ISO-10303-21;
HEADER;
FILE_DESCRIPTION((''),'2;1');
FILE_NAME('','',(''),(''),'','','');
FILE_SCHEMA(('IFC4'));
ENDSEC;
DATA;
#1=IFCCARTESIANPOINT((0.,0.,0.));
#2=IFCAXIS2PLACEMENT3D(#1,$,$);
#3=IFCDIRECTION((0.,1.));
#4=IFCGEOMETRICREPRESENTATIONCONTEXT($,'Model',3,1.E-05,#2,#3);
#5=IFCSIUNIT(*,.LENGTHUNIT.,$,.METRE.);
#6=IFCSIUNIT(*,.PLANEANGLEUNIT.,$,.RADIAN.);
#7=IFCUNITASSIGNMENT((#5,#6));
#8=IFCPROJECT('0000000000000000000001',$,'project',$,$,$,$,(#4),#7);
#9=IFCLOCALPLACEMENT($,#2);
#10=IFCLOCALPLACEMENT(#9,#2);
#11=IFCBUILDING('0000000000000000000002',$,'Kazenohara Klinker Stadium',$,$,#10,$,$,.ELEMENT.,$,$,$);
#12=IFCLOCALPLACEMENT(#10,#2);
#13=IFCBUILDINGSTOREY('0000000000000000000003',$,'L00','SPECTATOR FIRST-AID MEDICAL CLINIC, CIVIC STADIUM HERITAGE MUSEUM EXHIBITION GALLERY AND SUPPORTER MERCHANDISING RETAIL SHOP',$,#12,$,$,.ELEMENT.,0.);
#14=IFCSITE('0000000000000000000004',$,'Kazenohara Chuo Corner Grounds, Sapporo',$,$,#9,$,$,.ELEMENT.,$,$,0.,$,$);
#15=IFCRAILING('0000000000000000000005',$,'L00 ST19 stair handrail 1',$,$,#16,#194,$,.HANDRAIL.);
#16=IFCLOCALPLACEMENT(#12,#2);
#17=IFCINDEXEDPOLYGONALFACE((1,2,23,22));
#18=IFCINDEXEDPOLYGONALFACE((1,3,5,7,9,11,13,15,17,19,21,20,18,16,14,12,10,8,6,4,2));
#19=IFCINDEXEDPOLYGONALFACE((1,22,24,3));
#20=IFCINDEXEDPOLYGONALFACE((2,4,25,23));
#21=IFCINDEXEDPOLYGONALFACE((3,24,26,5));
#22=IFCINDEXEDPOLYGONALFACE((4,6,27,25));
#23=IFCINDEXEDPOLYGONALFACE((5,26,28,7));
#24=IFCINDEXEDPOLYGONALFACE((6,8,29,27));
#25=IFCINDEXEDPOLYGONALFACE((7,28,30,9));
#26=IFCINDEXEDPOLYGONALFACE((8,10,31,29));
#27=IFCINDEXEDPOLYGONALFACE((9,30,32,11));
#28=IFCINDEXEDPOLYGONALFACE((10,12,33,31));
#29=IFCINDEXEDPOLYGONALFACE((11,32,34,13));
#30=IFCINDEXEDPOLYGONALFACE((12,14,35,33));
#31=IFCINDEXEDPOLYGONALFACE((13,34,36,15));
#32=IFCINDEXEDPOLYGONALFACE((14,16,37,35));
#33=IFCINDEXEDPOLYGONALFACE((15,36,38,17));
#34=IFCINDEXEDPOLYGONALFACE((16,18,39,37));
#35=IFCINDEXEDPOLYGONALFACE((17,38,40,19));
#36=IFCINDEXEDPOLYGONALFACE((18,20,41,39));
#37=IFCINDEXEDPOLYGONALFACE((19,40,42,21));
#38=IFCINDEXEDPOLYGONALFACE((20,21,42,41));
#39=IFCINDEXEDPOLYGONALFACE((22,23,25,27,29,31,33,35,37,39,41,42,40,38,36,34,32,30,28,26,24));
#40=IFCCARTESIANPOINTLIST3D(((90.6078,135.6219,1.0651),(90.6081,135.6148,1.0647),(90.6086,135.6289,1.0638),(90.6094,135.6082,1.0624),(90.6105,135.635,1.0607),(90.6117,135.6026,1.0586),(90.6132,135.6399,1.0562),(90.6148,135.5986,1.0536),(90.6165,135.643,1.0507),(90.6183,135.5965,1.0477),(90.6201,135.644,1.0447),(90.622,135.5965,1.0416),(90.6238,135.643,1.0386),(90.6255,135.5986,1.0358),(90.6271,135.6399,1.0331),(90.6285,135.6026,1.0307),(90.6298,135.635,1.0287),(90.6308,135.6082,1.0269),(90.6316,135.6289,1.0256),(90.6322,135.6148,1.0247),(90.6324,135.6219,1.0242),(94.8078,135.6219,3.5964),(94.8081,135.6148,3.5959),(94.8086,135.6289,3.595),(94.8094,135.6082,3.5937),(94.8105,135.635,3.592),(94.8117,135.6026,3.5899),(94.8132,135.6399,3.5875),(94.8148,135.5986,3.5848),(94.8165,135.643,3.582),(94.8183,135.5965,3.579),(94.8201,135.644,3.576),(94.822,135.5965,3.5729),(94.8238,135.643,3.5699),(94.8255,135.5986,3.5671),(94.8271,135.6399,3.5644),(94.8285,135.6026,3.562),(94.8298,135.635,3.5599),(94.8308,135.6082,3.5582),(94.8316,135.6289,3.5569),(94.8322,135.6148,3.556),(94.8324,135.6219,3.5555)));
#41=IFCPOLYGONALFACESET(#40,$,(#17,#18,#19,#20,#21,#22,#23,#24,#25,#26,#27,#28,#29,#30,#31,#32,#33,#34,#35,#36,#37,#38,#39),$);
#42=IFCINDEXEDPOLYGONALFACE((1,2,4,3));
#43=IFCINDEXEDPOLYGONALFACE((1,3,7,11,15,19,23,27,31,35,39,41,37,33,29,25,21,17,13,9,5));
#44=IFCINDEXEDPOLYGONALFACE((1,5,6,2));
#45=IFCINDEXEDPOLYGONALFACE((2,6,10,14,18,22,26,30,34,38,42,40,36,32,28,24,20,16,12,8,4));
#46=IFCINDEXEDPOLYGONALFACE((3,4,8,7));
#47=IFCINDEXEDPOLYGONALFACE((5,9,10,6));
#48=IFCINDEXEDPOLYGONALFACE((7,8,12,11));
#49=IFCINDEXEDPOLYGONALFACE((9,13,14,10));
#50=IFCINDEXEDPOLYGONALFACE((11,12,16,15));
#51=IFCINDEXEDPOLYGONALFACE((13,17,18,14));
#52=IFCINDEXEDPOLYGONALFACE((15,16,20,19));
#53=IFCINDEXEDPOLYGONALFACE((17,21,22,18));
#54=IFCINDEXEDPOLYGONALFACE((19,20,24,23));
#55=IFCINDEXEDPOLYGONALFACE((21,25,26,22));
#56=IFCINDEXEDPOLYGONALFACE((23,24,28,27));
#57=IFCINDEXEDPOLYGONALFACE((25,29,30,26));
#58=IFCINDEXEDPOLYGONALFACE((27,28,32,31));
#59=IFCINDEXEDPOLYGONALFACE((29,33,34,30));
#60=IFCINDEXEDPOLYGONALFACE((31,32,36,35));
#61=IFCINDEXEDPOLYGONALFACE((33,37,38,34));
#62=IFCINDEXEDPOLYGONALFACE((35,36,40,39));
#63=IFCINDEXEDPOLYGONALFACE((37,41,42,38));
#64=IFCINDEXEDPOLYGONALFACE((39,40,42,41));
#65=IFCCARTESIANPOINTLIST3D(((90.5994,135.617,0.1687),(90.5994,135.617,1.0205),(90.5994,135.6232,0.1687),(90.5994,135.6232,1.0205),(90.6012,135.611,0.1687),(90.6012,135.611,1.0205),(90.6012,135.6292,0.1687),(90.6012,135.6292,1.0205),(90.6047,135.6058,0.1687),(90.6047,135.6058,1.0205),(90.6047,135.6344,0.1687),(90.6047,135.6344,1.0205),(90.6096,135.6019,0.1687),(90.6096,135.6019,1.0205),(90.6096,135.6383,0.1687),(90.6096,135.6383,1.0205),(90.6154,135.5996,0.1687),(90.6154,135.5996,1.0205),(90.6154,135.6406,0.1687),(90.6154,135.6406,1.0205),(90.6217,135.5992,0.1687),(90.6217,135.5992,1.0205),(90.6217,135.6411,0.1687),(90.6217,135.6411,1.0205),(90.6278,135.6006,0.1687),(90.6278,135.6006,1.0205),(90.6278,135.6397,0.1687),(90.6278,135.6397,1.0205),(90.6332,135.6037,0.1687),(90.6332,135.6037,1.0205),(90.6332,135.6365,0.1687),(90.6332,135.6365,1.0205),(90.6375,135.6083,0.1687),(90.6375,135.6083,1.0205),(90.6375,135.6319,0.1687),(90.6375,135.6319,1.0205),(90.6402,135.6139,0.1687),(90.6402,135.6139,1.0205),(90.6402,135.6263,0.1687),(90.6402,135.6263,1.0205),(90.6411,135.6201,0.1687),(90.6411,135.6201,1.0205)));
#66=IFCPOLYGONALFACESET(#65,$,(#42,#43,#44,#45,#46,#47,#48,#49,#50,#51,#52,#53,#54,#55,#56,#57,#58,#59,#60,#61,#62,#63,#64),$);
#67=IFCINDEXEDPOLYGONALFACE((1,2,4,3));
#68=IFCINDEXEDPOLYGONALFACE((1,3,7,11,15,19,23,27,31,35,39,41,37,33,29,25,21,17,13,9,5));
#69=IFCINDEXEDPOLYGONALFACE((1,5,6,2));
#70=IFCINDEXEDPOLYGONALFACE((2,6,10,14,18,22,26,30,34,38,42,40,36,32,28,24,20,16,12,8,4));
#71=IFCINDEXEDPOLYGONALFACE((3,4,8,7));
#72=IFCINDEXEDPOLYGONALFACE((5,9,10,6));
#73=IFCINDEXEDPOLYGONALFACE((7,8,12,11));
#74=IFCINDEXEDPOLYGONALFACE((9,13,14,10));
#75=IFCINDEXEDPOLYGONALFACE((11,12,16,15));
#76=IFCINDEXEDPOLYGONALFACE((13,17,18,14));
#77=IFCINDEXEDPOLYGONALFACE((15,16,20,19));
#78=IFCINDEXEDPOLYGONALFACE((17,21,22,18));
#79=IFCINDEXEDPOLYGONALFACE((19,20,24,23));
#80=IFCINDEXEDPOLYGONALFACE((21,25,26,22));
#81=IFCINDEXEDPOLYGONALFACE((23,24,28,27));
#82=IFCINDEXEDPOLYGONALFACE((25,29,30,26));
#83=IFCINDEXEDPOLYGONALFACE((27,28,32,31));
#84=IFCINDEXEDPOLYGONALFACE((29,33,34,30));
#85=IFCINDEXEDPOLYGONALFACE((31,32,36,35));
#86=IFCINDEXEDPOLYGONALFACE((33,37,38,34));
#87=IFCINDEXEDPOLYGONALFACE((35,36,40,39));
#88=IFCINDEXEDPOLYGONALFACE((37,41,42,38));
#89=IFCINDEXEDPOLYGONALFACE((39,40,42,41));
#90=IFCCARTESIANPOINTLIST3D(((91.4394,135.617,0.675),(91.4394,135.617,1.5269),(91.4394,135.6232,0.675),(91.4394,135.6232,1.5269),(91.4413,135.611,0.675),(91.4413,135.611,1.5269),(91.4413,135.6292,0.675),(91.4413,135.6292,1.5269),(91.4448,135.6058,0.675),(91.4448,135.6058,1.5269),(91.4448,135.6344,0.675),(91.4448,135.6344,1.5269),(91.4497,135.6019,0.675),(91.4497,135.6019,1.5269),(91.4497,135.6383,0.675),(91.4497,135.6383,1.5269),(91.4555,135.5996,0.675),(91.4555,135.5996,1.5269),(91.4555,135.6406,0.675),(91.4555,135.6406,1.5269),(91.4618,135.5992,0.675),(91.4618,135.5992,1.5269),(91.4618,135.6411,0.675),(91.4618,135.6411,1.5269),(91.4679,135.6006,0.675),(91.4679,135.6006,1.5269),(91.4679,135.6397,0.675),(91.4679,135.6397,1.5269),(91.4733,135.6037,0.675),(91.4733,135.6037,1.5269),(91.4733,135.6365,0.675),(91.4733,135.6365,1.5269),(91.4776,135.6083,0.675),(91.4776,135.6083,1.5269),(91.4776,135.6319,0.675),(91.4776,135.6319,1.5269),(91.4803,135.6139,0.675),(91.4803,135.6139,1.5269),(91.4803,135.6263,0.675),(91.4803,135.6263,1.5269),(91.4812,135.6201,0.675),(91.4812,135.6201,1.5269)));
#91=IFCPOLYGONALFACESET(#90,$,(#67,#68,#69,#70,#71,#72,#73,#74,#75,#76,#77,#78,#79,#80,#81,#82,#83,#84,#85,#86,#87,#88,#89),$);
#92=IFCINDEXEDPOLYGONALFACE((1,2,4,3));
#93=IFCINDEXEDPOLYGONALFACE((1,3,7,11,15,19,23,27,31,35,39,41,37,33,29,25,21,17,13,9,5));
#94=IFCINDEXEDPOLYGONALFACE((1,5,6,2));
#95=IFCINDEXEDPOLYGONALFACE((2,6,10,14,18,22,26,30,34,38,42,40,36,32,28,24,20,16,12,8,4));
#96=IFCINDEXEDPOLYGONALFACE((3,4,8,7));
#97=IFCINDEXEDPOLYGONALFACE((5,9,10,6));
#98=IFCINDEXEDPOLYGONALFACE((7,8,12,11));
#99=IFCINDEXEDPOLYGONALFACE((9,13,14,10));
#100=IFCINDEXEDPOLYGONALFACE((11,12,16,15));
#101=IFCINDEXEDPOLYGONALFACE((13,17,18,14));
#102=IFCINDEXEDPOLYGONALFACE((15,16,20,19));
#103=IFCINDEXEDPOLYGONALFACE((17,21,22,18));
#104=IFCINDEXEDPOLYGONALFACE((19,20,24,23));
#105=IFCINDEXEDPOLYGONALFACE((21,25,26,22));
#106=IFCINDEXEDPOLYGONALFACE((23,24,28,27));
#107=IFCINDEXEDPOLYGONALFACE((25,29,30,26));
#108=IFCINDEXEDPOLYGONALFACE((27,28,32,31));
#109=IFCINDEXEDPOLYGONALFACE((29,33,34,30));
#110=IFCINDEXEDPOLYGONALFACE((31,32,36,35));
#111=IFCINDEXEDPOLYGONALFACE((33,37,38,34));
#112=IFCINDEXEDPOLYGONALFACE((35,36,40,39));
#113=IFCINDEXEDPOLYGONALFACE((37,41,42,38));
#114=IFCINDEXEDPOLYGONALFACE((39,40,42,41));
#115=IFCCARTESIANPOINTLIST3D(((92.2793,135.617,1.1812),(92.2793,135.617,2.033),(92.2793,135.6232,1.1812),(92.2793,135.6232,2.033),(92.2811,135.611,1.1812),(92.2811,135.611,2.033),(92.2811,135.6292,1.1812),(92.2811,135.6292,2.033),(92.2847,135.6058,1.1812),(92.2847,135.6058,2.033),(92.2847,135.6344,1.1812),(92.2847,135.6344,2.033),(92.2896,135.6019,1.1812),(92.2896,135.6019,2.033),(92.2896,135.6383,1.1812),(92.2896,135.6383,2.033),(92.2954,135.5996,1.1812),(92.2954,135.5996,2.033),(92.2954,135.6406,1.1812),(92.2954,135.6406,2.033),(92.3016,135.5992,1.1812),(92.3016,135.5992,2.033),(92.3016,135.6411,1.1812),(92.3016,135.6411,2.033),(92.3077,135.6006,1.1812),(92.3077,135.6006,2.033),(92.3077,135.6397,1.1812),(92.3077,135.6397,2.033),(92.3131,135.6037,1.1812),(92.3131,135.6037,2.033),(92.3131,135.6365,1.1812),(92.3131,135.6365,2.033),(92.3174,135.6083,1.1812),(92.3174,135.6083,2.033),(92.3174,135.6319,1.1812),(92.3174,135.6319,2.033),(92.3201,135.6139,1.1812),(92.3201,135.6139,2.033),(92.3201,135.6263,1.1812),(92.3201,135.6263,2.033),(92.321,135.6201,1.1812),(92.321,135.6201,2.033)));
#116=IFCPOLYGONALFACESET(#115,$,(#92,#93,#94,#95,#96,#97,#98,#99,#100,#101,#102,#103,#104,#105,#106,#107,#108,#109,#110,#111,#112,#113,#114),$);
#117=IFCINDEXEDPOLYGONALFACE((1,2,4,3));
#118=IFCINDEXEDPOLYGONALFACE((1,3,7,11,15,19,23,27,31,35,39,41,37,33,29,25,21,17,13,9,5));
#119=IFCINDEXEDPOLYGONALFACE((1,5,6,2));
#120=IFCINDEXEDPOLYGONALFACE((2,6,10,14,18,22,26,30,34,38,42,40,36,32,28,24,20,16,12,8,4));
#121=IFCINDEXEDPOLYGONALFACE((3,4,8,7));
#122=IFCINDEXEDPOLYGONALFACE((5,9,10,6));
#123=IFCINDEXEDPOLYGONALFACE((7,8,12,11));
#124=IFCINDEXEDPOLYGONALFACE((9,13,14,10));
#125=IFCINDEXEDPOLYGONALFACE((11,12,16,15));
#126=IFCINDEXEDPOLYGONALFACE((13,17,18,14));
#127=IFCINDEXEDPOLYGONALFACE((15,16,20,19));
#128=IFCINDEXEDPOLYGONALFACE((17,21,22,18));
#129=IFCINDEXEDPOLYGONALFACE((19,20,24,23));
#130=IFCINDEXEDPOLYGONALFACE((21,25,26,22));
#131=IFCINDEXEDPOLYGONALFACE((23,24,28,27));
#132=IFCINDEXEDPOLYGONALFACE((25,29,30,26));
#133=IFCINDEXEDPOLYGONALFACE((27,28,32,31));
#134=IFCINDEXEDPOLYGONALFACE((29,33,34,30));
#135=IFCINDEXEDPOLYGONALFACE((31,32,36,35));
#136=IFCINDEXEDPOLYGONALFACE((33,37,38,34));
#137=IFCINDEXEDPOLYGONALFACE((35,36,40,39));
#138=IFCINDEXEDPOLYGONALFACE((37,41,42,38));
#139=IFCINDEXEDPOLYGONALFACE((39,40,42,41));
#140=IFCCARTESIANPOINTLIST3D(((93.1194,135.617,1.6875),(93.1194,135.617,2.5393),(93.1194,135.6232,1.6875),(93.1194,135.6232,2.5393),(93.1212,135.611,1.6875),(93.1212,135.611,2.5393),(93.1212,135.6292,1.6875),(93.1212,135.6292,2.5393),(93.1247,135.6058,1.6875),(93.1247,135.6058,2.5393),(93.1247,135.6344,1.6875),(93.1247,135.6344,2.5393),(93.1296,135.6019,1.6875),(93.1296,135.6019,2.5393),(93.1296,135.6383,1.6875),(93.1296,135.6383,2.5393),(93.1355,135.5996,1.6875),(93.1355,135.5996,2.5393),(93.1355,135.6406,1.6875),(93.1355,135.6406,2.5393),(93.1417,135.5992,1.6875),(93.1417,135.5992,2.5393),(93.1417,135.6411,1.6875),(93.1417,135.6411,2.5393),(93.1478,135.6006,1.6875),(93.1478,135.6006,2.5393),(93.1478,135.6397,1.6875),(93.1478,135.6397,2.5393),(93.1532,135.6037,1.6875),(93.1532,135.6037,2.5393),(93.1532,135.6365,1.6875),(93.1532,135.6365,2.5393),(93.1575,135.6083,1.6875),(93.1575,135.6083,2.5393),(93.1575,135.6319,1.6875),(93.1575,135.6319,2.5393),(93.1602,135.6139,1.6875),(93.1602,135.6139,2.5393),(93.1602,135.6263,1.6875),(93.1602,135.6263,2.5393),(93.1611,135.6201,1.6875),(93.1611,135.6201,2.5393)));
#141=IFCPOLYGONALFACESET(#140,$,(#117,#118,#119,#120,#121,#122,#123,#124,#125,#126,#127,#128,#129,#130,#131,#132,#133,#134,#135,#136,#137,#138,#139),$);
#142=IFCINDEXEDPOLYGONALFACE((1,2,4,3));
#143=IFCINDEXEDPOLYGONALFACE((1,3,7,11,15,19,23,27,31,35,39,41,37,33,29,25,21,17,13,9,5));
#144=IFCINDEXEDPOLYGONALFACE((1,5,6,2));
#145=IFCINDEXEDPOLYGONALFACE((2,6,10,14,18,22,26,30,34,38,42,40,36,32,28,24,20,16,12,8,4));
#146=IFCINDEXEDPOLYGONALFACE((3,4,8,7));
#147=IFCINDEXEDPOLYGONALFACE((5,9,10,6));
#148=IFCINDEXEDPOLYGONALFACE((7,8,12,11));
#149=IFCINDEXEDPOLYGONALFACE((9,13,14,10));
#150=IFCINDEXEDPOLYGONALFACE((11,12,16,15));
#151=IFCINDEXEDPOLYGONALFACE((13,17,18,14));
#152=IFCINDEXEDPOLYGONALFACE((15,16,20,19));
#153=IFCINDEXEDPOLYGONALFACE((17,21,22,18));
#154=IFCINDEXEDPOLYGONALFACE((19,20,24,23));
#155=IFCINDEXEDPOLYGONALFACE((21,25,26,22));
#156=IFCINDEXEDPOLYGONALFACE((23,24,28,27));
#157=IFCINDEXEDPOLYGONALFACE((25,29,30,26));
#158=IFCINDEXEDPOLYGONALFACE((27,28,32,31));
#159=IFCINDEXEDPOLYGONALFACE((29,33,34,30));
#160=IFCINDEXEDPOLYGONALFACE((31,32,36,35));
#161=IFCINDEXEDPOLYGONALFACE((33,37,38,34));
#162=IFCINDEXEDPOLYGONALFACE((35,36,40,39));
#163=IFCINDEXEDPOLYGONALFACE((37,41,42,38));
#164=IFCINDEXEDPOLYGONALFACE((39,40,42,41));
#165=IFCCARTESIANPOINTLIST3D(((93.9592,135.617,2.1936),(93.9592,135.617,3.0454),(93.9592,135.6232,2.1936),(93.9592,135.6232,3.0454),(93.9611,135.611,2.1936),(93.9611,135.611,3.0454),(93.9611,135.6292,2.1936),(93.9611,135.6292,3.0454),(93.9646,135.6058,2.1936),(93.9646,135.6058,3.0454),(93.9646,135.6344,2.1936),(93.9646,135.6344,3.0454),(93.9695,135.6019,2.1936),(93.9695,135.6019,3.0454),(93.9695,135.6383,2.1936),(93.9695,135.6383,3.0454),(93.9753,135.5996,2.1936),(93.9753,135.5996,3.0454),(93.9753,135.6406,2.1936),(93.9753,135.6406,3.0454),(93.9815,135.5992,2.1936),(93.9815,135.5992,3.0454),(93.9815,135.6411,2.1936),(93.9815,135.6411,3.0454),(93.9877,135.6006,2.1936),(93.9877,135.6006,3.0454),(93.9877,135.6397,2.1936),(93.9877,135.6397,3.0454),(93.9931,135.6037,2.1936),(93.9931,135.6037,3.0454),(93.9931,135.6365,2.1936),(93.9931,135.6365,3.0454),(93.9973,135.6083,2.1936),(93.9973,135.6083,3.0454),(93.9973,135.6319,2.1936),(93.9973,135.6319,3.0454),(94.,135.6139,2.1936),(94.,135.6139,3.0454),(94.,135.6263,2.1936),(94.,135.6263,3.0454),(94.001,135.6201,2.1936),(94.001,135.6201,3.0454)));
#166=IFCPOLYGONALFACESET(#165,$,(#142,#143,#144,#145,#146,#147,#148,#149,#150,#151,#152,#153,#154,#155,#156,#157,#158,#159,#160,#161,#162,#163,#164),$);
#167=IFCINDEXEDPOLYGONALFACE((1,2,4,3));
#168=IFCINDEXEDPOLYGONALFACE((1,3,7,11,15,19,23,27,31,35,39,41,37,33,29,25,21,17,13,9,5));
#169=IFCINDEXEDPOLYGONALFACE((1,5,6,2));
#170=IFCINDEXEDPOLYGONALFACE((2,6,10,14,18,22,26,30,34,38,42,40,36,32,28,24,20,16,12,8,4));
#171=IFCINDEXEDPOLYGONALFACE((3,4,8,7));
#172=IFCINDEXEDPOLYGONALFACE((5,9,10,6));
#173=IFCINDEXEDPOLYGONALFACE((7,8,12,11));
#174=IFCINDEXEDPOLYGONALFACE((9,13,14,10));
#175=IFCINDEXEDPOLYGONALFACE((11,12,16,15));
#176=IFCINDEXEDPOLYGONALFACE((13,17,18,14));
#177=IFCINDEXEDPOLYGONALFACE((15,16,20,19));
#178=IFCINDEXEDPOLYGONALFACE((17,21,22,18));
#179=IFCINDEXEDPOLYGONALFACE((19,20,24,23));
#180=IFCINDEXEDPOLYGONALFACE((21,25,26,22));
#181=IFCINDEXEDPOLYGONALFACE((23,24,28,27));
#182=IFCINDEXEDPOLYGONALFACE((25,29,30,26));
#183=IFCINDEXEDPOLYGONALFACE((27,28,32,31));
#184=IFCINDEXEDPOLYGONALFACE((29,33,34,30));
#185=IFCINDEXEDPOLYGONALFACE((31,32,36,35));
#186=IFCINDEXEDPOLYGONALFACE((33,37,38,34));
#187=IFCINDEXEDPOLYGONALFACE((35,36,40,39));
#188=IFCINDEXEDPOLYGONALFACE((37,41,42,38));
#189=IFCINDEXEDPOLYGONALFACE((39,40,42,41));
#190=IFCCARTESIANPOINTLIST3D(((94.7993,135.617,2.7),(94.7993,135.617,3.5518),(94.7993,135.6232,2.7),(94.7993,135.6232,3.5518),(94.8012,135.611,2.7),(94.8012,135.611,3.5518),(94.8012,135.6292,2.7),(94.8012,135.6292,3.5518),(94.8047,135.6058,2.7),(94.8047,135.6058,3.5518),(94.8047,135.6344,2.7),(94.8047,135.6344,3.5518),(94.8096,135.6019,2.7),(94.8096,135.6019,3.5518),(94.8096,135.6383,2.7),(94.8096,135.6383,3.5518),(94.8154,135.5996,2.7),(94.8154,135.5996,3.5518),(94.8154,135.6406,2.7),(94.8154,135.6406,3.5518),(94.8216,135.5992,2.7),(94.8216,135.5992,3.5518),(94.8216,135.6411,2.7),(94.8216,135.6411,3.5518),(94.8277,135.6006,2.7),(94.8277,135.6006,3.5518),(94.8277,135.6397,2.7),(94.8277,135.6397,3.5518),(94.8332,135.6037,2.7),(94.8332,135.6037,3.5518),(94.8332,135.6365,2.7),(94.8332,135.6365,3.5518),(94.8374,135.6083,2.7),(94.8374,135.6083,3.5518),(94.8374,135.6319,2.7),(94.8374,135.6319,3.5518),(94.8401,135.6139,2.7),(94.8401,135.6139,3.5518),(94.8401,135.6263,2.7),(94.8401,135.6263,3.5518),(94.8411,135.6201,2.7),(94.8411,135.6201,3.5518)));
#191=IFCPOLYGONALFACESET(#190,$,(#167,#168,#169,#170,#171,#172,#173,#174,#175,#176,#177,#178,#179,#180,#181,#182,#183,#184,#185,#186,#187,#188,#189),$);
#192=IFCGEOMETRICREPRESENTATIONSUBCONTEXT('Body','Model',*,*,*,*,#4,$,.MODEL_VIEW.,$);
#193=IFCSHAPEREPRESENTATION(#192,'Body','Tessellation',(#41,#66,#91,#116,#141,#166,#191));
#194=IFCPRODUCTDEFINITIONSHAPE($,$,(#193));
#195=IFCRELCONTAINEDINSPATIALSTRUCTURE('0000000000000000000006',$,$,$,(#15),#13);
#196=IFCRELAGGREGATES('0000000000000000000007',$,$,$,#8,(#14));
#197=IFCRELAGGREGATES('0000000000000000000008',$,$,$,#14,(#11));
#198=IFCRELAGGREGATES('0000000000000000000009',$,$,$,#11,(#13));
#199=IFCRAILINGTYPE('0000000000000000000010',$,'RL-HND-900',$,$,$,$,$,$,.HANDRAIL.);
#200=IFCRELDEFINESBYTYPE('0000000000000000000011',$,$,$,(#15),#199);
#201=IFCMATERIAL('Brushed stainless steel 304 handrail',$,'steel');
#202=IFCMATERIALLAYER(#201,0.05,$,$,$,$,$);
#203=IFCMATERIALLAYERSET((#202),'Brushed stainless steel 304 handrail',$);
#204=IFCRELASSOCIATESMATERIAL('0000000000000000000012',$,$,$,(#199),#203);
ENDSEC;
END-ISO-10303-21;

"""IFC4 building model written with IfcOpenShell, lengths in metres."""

from ifc_helpers import new_model, si_unit, direction, frame, origin, origin_2d, place, context, subcontext, project, spatial, circle, extrude, material, layer, layer_set, type_object, element, save


model = new_model("IFC4")

# Units and contexts
model_context = context("Model", 3, precision=1e-05, world=origin(), true_north=direction((0.0, 1.0)))
body_context = subcontext(model_context, "Body", "Model", "MODEL_VIEW")
ifc_project = project(units=[si_unit("LENGTHUNIT", "METRE"), si_unit("PLANEANGLEUNIT", "RADIAN")], contexts=[model_context])

# Site, building, storey
site_placement = place(None, origin())
site = spatial("IfcSite", under=ifc_project, at=site_placement, Name="Kazenohara Chuo Corner Grounds, Sapporo", CompositionType="ELEMENT", RefElevation=0.0)
building_placement = place(site_placement, origin())
building = spatial("IfcBuilding", under=site, at=building_placement, Name="Kazenohara Klinker Stadium", CompositionType="ELEMENT")
storey_placement = place(building_placement, origin())
storey = spatial("IfcBuildingStorey", under=building, at=storey_placement, Name="L00", Description="SPECTATOR FIRST-AID MEDICAL CLINIC, CIVIC STADIUM HERITAGE MUSEUM EXHIBITION GALLERY AND SUPPORTER MERCHANDISING RETAIL SHOP", CompositionType="ELEMENT", Elevation=0.0)

# Railing
ifc_material_1 = material(Name="Brushed stainless steel 304 handrail", Category="steel")
ifc_layer_1 = layer(ifc_material_1, 0.05)
ifc_layer_set_1 = layer_set([ifc_layer_1], Name="Brushed stainless steel 304 handrail")
railing_type_1 = type_object("IfcRailingType", Name="RL-HND-900", PredefinedType="HANDRAIL", material=ifc_layer_set_1)
railing_1_placement = place(storey_placement, frame((90.6201, 135.6201, 0.1687)))
element("IfcRailing", 1, at=railing_1_placement, inside=storey, type_object=railing_type_1, Name="L00 ST19 stair handrail 1", PredefinedType="HANDRAIL", context=body_context, shape_type="SweptSolid", body=[
    extrude(circle(Radius=0.0239, at=origin_2d()), frame((0.0, 0.0, 0.876), z_axis=(0.856476, 0.0, 0.516186), x_axis=(0.0, 1.0, 0.0)), (0.0, 0.0, 1.0), 4.9038),
    extrude(circle(Radius=0.021, at=origin_2d()), origin(), (0.0, 0.0, 1.0), 0.8518),
    extrude(circle(Radius=0.021, at=origin_2d()), frame((0.8401, 0.0, 0.5063)), (0.0, 0.0, 1.0), 0.8518),
    extrude(circle(Radius=0.021, at=origin_2d()), frame((1.6799, 0.0, 1.0125)), (0.0, 0.0, 1.0), 0.8518),
    extrude(circle(Radius=0.021, at=origin_2d()), frame((2.52, 0.0, 1.5188)), (0.0, 0.0, 1.0), 0.8518),
    extrude(circle(Radius=0.021, at=origin_2d()), frame((3.3599, 0.0, 2.0249)), (0.0, 0.0, 1.0), 0.8518),
    extrude(circle(Radius=0.021, at=origin_2d()), frame((4.2, 0.0, 2.5312)), (0.0, 0.0, 1.0), 0.8518),
])

save(model, "model.ifc")
